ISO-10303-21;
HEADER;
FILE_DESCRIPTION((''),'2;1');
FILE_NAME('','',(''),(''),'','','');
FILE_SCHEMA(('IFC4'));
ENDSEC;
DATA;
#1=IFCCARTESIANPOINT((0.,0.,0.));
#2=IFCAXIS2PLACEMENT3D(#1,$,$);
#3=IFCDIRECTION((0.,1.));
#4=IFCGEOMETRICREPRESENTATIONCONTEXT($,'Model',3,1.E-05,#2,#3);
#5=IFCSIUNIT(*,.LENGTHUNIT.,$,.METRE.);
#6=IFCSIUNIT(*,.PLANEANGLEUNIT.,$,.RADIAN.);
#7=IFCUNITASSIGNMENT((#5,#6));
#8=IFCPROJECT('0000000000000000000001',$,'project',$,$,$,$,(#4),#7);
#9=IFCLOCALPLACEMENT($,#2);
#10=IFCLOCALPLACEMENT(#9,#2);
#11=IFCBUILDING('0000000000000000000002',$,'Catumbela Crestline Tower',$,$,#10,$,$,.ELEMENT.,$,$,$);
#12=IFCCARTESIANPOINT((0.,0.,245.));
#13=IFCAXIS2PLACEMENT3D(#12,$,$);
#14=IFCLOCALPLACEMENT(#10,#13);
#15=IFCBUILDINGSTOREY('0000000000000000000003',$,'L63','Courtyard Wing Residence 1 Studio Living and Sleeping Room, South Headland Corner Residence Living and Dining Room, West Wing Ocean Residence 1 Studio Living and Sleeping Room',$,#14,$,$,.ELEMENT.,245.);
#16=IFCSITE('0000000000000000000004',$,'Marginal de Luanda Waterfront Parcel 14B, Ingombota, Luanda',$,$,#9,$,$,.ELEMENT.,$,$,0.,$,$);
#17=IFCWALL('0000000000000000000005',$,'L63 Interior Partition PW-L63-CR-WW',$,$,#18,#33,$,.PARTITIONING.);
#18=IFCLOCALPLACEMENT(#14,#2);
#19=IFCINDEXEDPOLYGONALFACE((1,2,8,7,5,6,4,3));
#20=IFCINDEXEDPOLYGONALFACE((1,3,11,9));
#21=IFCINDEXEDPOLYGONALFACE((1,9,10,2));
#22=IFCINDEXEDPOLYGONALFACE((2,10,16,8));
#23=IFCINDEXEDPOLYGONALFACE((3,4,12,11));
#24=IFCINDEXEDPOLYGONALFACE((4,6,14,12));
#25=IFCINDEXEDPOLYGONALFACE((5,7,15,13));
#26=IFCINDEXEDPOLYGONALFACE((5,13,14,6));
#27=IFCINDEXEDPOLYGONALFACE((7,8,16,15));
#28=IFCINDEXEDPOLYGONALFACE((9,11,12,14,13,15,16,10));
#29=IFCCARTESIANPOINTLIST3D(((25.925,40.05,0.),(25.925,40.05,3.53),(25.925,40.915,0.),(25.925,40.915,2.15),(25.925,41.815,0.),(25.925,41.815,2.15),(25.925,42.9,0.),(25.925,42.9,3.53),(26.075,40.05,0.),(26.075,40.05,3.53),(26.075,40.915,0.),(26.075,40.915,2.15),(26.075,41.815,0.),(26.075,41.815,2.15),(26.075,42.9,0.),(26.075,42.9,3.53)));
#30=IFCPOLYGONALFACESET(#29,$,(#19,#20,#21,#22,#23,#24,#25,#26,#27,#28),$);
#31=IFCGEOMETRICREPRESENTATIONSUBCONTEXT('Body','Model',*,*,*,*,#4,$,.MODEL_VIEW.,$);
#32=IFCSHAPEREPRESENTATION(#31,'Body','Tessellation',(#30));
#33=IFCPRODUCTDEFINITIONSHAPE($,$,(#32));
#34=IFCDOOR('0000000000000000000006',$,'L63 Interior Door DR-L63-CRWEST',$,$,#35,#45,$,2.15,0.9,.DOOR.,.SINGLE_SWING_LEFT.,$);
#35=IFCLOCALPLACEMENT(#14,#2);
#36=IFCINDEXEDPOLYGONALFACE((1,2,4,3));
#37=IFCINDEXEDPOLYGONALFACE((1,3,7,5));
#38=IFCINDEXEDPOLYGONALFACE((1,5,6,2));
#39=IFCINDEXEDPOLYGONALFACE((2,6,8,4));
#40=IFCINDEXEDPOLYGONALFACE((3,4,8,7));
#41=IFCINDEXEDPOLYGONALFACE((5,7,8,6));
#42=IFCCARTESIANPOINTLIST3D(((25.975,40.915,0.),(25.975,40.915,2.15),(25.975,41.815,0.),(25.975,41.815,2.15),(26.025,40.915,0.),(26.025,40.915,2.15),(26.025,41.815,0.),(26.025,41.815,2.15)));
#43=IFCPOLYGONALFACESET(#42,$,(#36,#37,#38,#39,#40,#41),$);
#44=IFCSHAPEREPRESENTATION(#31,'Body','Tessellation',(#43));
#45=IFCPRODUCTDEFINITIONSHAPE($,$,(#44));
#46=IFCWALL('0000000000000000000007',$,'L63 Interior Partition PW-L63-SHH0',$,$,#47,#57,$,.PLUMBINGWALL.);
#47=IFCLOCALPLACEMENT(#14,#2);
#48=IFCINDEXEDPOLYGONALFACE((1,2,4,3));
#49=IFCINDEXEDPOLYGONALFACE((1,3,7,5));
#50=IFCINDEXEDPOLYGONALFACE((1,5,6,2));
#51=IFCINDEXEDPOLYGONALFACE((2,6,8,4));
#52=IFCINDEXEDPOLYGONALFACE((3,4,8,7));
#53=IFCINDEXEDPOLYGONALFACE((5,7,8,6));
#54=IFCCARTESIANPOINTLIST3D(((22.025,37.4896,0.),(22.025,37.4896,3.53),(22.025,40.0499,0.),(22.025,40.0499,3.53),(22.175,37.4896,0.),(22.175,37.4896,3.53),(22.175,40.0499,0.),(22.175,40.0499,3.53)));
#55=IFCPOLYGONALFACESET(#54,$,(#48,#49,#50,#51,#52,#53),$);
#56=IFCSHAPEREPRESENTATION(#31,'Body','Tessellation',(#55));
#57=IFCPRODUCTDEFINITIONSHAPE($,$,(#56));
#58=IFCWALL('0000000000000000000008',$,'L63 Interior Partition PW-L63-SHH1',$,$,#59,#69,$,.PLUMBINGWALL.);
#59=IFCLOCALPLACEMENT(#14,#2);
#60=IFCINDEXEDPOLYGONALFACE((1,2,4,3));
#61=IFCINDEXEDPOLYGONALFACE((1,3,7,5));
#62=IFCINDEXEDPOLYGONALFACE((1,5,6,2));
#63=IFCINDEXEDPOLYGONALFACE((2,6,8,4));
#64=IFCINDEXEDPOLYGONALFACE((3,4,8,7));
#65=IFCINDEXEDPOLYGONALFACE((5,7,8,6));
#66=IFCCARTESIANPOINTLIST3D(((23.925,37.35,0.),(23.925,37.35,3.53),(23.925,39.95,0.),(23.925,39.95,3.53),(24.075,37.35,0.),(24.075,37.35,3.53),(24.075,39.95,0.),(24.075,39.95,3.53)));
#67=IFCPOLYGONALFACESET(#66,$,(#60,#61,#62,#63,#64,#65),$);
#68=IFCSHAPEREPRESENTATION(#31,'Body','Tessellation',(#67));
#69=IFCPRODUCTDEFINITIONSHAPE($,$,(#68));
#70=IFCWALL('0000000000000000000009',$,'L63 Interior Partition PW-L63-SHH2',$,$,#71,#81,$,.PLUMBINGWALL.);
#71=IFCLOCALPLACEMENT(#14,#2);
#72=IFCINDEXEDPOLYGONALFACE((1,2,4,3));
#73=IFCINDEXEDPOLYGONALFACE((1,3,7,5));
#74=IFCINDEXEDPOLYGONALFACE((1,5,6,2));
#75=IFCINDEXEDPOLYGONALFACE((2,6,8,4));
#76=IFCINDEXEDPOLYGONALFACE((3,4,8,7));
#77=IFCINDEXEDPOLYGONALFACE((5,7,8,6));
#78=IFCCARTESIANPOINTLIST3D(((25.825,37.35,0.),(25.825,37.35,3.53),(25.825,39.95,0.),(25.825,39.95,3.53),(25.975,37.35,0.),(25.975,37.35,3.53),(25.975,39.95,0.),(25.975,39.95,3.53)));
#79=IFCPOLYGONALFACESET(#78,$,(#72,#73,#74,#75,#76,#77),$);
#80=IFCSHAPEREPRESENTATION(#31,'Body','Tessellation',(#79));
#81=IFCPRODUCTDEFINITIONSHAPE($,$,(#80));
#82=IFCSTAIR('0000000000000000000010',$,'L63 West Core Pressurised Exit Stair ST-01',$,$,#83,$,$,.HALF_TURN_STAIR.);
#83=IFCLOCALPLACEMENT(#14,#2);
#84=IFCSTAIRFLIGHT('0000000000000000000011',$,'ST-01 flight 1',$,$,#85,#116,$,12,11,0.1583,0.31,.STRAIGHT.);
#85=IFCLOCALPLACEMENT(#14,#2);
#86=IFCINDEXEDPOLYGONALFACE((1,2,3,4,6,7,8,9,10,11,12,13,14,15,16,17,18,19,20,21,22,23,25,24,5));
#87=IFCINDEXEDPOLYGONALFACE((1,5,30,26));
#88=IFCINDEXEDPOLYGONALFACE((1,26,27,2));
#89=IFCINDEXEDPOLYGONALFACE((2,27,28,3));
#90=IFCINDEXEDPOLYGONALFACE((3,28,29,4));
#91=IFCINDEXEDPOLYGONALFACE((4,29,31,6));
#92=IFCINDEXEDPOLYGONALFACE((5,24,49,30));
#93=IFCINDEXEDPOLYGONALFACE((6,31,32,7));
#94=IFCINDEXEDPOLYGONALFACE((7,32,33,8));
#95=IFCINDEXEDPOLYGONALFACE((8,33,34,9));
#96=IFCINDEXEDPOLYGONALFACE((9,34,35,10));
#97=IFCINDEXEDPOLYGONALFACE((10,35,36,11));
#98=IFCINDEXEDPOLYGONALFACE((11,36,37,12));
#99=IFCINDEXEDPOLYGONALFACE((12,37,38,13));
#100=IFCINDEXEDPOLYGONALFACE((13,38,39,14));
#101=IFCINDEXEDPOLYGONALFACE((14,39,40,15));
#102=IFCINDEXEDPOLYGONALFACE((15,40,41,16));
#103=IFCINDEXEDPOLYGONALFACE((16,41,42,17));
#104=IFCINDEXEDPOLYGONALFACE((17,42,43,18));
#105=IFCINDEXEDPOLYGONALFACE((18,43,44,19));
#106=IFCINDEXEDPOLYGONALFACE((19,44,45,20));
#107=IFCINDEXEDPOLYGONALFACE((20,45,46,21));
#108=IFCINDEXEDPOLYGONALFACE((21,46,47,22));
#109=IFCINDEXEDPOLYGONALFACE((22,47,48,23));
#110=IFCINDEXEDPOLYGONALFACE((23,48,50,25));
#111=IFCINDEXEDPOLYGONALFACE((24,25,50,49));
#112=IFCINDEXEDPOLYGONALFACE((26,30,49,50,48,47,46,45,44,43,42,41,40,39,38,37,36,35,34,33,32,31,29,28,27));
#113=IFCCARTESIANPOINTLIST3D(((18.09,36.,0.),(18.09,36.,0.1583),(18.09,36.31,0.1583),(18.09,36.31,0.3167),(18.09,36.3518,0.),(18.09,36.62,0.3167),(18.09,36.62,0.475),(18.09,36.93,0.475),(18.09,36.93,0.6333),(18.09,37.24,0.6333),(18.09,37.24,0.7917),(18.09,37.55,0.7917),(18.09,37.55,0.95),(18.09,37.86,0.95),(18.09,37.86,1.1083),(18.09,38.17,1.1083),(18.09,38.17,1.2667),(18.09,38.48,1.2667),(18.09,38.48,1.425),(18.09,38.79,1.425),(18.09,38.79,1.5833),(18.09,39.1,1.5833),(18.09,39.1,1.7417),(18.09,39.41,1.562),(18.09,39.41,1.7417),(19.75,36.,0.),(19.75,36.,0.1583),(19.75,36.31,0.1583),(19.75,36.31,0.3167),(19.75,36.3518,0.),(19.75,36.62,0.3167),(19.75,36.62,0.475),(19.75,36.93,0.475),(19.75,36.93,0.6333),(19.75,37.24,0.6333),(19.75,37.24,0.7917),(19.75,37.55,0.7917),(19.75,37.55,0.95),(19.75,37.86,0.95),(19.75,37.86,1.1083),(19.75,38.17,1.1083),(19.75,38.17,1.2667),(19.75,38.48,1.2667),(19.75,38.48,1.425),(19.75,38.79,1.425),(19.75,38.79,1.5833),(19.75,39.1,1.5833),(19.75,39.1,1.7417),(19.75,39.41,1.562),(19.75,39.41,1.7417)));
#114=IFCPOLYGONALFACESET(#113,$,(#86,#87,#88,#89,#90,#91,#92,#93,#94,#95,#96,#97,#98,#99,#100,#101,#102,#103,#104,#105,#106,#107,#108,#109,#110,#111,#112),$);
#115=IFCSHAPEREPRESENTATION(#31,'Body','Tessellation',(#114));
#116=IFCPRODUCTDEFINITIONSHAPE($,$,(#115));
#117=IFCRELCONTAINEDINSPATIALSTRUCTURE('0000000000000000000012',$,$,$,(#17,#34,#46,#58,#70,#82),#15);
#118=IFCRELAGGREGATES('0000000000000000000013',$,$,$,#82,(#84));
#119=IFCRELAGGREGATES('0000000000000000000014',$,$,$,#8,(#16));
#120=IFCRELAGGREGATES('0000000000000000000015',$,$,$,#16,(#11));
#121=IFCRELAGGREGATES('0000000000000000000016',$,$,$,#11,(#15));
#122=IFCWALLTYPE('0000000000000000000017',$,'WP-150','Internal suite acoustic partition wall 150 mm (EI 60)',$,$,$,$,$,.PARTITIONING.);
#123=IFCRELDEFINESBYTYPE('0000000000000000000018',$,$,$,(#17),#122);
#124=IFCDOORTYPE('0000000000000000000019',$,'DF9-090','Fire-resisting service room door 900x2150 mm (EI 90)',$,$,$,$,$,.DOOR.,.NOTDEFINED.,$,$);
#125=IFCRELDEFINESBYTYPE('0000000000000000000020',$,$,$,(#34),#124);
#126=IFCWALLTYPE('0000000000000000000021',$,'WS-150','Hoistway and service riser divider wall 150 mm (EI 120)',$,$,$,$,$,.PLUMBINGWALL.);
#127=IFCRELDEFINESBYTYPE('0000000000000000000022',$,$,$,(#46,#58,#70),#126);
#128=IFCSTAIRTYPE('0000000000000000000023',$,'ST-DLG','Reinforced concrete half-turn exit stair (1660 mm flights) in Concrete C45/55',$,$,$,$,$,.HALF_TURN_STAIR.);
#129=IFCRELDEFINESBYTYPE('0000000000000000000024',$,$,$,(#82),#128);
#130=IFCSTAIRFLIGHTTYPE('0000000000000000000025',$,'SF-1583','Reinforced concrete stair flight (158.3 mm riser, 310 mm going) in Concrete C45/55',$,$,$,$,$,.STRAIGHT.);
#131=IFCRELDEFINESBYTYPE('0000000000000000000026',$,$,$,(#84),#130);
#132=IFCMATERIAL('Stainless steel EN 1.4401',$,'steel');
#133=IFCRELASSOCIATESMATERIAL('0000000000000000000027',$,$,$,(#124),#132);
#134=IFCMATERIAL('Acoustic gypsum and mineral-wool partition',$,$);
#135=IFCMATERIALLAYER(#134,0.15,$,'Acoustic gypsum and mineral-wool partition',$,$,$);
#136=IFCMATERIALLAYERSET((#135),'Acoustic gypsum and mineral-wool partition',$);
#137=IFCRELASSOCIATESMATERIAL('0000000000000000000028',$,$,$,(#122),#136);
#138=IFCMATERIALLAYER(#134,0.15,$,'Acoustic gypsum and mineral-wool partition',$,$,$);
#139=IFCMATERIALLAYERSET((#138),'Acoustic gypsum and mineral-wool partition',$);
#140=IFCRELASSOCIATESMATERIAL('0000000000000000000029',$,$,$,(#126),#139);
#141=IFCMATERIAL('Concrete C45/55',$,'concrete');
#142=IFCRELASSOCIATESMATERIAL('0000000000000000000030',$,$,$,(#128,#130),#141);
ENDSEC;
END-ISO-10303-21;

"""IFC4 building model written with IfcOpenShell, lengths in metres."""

from ifc_helpers import new_model, si_unit, direction, frame, frame_2d, origin, place, context, subcontext, project, spatial, polyline, rectangle, outline, extrude, material, layer, layer_set, type_object, element, fill, aggregate, save


model = new_model("IFC4")

# Units and contexts
model_context = context("Model", 3, precision=1e-05, world=origin(), true_north=direction((0.0, 1.0)))
body_context = subcontext(model_context, "Body", "Model", "MODEL_VIEW")
ifc_project = project(units=[si_unit("LENGTHUNIT", "METRE"), si_unit("PLANEANGLEUNIT", "RADIAN")], contexts=[model_context])

# Site, building, storey
site_placement = place(None, origin())
site = spatial("IfcSite", under=ifc_project, at=site_placement, Name="Marginal de Luanda Waterfront Parcel 14B, Ingombota, Luanda", CompositionType="ELEMENT", RefElevation=0.0)
building_placement = place(site_placement, origin())
building = spatial("IfcBuilding", under=site, at=building_placement, Name="Catumbela Crestline Tower", CompositionType="ELEMENT")
storey_placement = place(building_placement, frame((0.0, 0.0, 245.0)))
storey = spatial("IfcBuildingStorey", under=building, at=storey_placement, Name="L63", Description="Courtyard Wing Residence 1 Studio Living and Sleeping Room, South Headland Corner Residence Living and Dining Room, West Wing Ocean Residence 1 Studio Living and Sleeping Room", CompositionType="ELEMENT", Elevation=245.0)

# Shared definitions
ifc_material_1 = material(Name="Stainless steel EN 1.4401", Category="steel")

# Shared definitions
door_type_1 = type_object("IfcDoorType", Name="DF9-090", Description="Fire-resisting service room door 900x2150 mm (EI 90)", OperationType="NOTDEFINED", PredefinedType="DOOR", material=ifc_material_1)

# Wall, opening, door
ifc_material_2 = material(Name="Acoustic gypsum and mineral-wool partition")
ifc_layer_1 = layer(ifc_material_2, 0.15, Name="Acoustic gypsum and mineral-wool partition")
ifc_layer_set_1 = layer_set([ifc_layer_1], Name="Acoustic gypsum and mineral-wool partition")
wall_type_1 = type_object("IfcWallType", Name="WP-150", Description="Internal suite acoustic partition wall 150 mm (EI 60)", PredefinedType="PARTITIONING", material=ifc_layer_set_1)
wall_1_placement = place(storey_placement, frame((26.0, 40.05, 0.0), z_axis=(0.0, 0.0, 1.0), x_axis=(0.0, 1.0, 0.0)))
wall_1 = element("IfcWall", 1, at=wall_1_placement, inside=storey, type_object=wall_type_1, Name="L63 Interior Partition PW-L63-CR-WW", PredefinedType="PARTITIONING", context=body_context, shape_type="SweptSolid", body=[
    extrude(rectangle(XDim=2.85, YDim=0.15, at=frame_2d((1.425, 0.0))), origin(), (0.0, 0.0, 1.0), 3.53),
])
opening_1_placement = place(wall_1_placement, frame((0.865, 0.0, 0.0)))
opening_1 = element("IfcOpeningElement", 2, at=opening_1_placement, cuts=wall_1, PredefinedType="OPENING", context=body_context, shape_type="SweptSolid", body=[
    extrude(rectangle(XDim=0.9, YDim=2.15, at=frame_2d((0.45, 1.075))), frame((0.0, 0.085, 0.0), z_axis=(0.0, -1.0, 0.0), x_axis=(1.0, 0.0, 0.0)), (0.0, 0.0, 1.0), 0.17),
])
door_1_placement = place(opening_1_placement, origin())
door_1 = element("IfcDoor", 3, at=door_1_placement, inside=storey, type_object=door_type_1, Name="L63 Interior Door DR-L63-CRWEST", OperationType="SINGLE_SWING_LEFT", OverallHeight=2.15, OverallWidth=0.9, PredefinedType="DOOR", context=body_context, shape_type="SweptSolid", body=[
    extrude(rectangle(XDim=0.9, YDim=2.15, at=frame_2d((0.45, 1.075))), frame((0.0, 0.025, 0.0), z_axis=(0.0, -1.0, 0.0), x_axis=(1.0, 0.0, 0.0)), (0.0, 0.0, 1.0), 0.05),
])
fill(opening_1, door_1)

# Walls
ifc_layer_2 = layer(ifc_material_2, 0.15, Name="Acoustic gypsum and mineral-wool partition")
ifc_layer_set_2 = layer_set([ifc_layer_2], Name="Acoustic gypsum and mineral-wool partition")
wall_type_2 = type_object("IfcWallType", Name="WS-150", Description="Hoistway and service riser divider wall 150 mm (EI 120)", PredefinedType="PLUMBINGWALL", material=ifc_layer_set_2)
wall_2_placement = place(storey_placement, frame((22.1, 37.4897, 0.0), z_axis=(0.0, 0.0, 1.0), x_axis=(0.0, 1.0, 0.0)))
element("IfcWall", 4, at=wall_2_placement, inside=storey, type_object=wall_type_2, Name="L63 Interior Partition PW-L63-SHH0", PredefinedType="PLUMBINGWALL", context=body_context, shape_type="SweptSolid", body=[
    extrude(rectangle(XDim=2.5603, YDim=0.15, at=frame_2d((1.2801, 0.0))), origin(), (0.0, 0.0, 1.0), 3.53),
])
for number, where, z_axis, x_axis, name in (
    (5, (24.0, 37.35, 0.0), (0.0, 0.0, 1.0), (0.0, 1.0, 0.0), "L63 Interior Partition PW-L63-SHH1"),
    (6, (25.9, 37.35, 0.0), (0.0, 0.0, 1.0), (0.0, 1.0, 0.0), "L63 Interior Partition PW-L63-SHH2"),
):
    element("IfcWall", number, at=place(storey_placement, frame(where, z_axis=z_axis, x_axis=x_axis)), inside=storey, type_object=wall_type_2, Name=name, PredefinedType="PLUMBINGWALL", context=body_context, shape_type="SweptSolid", body=[
        extrude(rectangle(XDim=2.6, YDim=0.15, at=frame_2d((1.3, 0.0))), origin(), (0.0, 0.0, 1.0), 3.53),
    ])

# Stair, stair flight
ifc_material_3 = material(Name="Concrete C45/55", Category="concrete")
stair_type = type_object("IfcStairType", Name="ST-DLG", Description="Reinforced concrete half-turn exit stair (1660 mm flights) in Concrete C45/55", PredefinedType="HALF_TURN_STAIR", material=ifc_material_3)
stair_placement = place(storey_placement, origin())
stair = element("IfcStair", 7, at=stair_placement, inside=storey, type_object=stair_type, Name="L63 West Core Pressurised Exit Stair ST-01", PredefinedType="HALF_TURN_STAIR")
stair_flight_type = type_object("IfcStairFlightType", Name="SF-1583", Description="Reinforced concrete stair flight (158.3 mm riser, 310 mm going) in Concrete C45/55", PredefinedType="STRAIGHT", material=ifc_material_3)
stair_flight_placement = place(storey_placement, frame((18.92, 36.0, 0.0), z_axis=(0.0, 0.0, 1.0), x_axis=(0.0, 1.0, 0.0)))
stair_flight = element("IfcStairFlight", 8, at=stair_flight_placement, type_object=stair_flight_type, Name="ST-01 flight 1", NumberOfRisers=12, NumberOfTreads=11, PredefinedType="STRAIGHT", RiserHeight=0.1583, TreadLength=0.31, context=body_context, shape_type="SweptSolid", body=[
    extrude(outline(polyline([(0.0, 0.0), (0.0, 0.1583), (0.31, 0.1583), (0.31, 0.3167), (0.62, 0.3167), (0.62, 0.475), (0.93, 0.475), (0.93, 0.6333), (1.24, 0.6333), (1.24, 0.7917), (1.55, 0.7917), (1.55, 0.95), (1.86, 0.95), (1.86, 1.1083), (2.17, 1.1083), (2.17, 1.2667), (2.48, 1.2667), (2.48, 1.425), (2.79, 1.425), (2.79, 1.5833), (3.1, 1.5833), (3.1, 1.7417), (3.41, 1.7417), (3.41, 1.9), (3.41, 1.562), (0.3518, 0.0), (0.0, 0.0)])), frame((0.0, 0.83, 0.0), z_axis=(0.0, -1.0, 0.0), x_axis=(1.0, 0.0, 0.0)), (0.0, 0.0, 1.0), 1.66),
])
aggregate(stair, [stair_flight])

save(model, "model.ifc")
